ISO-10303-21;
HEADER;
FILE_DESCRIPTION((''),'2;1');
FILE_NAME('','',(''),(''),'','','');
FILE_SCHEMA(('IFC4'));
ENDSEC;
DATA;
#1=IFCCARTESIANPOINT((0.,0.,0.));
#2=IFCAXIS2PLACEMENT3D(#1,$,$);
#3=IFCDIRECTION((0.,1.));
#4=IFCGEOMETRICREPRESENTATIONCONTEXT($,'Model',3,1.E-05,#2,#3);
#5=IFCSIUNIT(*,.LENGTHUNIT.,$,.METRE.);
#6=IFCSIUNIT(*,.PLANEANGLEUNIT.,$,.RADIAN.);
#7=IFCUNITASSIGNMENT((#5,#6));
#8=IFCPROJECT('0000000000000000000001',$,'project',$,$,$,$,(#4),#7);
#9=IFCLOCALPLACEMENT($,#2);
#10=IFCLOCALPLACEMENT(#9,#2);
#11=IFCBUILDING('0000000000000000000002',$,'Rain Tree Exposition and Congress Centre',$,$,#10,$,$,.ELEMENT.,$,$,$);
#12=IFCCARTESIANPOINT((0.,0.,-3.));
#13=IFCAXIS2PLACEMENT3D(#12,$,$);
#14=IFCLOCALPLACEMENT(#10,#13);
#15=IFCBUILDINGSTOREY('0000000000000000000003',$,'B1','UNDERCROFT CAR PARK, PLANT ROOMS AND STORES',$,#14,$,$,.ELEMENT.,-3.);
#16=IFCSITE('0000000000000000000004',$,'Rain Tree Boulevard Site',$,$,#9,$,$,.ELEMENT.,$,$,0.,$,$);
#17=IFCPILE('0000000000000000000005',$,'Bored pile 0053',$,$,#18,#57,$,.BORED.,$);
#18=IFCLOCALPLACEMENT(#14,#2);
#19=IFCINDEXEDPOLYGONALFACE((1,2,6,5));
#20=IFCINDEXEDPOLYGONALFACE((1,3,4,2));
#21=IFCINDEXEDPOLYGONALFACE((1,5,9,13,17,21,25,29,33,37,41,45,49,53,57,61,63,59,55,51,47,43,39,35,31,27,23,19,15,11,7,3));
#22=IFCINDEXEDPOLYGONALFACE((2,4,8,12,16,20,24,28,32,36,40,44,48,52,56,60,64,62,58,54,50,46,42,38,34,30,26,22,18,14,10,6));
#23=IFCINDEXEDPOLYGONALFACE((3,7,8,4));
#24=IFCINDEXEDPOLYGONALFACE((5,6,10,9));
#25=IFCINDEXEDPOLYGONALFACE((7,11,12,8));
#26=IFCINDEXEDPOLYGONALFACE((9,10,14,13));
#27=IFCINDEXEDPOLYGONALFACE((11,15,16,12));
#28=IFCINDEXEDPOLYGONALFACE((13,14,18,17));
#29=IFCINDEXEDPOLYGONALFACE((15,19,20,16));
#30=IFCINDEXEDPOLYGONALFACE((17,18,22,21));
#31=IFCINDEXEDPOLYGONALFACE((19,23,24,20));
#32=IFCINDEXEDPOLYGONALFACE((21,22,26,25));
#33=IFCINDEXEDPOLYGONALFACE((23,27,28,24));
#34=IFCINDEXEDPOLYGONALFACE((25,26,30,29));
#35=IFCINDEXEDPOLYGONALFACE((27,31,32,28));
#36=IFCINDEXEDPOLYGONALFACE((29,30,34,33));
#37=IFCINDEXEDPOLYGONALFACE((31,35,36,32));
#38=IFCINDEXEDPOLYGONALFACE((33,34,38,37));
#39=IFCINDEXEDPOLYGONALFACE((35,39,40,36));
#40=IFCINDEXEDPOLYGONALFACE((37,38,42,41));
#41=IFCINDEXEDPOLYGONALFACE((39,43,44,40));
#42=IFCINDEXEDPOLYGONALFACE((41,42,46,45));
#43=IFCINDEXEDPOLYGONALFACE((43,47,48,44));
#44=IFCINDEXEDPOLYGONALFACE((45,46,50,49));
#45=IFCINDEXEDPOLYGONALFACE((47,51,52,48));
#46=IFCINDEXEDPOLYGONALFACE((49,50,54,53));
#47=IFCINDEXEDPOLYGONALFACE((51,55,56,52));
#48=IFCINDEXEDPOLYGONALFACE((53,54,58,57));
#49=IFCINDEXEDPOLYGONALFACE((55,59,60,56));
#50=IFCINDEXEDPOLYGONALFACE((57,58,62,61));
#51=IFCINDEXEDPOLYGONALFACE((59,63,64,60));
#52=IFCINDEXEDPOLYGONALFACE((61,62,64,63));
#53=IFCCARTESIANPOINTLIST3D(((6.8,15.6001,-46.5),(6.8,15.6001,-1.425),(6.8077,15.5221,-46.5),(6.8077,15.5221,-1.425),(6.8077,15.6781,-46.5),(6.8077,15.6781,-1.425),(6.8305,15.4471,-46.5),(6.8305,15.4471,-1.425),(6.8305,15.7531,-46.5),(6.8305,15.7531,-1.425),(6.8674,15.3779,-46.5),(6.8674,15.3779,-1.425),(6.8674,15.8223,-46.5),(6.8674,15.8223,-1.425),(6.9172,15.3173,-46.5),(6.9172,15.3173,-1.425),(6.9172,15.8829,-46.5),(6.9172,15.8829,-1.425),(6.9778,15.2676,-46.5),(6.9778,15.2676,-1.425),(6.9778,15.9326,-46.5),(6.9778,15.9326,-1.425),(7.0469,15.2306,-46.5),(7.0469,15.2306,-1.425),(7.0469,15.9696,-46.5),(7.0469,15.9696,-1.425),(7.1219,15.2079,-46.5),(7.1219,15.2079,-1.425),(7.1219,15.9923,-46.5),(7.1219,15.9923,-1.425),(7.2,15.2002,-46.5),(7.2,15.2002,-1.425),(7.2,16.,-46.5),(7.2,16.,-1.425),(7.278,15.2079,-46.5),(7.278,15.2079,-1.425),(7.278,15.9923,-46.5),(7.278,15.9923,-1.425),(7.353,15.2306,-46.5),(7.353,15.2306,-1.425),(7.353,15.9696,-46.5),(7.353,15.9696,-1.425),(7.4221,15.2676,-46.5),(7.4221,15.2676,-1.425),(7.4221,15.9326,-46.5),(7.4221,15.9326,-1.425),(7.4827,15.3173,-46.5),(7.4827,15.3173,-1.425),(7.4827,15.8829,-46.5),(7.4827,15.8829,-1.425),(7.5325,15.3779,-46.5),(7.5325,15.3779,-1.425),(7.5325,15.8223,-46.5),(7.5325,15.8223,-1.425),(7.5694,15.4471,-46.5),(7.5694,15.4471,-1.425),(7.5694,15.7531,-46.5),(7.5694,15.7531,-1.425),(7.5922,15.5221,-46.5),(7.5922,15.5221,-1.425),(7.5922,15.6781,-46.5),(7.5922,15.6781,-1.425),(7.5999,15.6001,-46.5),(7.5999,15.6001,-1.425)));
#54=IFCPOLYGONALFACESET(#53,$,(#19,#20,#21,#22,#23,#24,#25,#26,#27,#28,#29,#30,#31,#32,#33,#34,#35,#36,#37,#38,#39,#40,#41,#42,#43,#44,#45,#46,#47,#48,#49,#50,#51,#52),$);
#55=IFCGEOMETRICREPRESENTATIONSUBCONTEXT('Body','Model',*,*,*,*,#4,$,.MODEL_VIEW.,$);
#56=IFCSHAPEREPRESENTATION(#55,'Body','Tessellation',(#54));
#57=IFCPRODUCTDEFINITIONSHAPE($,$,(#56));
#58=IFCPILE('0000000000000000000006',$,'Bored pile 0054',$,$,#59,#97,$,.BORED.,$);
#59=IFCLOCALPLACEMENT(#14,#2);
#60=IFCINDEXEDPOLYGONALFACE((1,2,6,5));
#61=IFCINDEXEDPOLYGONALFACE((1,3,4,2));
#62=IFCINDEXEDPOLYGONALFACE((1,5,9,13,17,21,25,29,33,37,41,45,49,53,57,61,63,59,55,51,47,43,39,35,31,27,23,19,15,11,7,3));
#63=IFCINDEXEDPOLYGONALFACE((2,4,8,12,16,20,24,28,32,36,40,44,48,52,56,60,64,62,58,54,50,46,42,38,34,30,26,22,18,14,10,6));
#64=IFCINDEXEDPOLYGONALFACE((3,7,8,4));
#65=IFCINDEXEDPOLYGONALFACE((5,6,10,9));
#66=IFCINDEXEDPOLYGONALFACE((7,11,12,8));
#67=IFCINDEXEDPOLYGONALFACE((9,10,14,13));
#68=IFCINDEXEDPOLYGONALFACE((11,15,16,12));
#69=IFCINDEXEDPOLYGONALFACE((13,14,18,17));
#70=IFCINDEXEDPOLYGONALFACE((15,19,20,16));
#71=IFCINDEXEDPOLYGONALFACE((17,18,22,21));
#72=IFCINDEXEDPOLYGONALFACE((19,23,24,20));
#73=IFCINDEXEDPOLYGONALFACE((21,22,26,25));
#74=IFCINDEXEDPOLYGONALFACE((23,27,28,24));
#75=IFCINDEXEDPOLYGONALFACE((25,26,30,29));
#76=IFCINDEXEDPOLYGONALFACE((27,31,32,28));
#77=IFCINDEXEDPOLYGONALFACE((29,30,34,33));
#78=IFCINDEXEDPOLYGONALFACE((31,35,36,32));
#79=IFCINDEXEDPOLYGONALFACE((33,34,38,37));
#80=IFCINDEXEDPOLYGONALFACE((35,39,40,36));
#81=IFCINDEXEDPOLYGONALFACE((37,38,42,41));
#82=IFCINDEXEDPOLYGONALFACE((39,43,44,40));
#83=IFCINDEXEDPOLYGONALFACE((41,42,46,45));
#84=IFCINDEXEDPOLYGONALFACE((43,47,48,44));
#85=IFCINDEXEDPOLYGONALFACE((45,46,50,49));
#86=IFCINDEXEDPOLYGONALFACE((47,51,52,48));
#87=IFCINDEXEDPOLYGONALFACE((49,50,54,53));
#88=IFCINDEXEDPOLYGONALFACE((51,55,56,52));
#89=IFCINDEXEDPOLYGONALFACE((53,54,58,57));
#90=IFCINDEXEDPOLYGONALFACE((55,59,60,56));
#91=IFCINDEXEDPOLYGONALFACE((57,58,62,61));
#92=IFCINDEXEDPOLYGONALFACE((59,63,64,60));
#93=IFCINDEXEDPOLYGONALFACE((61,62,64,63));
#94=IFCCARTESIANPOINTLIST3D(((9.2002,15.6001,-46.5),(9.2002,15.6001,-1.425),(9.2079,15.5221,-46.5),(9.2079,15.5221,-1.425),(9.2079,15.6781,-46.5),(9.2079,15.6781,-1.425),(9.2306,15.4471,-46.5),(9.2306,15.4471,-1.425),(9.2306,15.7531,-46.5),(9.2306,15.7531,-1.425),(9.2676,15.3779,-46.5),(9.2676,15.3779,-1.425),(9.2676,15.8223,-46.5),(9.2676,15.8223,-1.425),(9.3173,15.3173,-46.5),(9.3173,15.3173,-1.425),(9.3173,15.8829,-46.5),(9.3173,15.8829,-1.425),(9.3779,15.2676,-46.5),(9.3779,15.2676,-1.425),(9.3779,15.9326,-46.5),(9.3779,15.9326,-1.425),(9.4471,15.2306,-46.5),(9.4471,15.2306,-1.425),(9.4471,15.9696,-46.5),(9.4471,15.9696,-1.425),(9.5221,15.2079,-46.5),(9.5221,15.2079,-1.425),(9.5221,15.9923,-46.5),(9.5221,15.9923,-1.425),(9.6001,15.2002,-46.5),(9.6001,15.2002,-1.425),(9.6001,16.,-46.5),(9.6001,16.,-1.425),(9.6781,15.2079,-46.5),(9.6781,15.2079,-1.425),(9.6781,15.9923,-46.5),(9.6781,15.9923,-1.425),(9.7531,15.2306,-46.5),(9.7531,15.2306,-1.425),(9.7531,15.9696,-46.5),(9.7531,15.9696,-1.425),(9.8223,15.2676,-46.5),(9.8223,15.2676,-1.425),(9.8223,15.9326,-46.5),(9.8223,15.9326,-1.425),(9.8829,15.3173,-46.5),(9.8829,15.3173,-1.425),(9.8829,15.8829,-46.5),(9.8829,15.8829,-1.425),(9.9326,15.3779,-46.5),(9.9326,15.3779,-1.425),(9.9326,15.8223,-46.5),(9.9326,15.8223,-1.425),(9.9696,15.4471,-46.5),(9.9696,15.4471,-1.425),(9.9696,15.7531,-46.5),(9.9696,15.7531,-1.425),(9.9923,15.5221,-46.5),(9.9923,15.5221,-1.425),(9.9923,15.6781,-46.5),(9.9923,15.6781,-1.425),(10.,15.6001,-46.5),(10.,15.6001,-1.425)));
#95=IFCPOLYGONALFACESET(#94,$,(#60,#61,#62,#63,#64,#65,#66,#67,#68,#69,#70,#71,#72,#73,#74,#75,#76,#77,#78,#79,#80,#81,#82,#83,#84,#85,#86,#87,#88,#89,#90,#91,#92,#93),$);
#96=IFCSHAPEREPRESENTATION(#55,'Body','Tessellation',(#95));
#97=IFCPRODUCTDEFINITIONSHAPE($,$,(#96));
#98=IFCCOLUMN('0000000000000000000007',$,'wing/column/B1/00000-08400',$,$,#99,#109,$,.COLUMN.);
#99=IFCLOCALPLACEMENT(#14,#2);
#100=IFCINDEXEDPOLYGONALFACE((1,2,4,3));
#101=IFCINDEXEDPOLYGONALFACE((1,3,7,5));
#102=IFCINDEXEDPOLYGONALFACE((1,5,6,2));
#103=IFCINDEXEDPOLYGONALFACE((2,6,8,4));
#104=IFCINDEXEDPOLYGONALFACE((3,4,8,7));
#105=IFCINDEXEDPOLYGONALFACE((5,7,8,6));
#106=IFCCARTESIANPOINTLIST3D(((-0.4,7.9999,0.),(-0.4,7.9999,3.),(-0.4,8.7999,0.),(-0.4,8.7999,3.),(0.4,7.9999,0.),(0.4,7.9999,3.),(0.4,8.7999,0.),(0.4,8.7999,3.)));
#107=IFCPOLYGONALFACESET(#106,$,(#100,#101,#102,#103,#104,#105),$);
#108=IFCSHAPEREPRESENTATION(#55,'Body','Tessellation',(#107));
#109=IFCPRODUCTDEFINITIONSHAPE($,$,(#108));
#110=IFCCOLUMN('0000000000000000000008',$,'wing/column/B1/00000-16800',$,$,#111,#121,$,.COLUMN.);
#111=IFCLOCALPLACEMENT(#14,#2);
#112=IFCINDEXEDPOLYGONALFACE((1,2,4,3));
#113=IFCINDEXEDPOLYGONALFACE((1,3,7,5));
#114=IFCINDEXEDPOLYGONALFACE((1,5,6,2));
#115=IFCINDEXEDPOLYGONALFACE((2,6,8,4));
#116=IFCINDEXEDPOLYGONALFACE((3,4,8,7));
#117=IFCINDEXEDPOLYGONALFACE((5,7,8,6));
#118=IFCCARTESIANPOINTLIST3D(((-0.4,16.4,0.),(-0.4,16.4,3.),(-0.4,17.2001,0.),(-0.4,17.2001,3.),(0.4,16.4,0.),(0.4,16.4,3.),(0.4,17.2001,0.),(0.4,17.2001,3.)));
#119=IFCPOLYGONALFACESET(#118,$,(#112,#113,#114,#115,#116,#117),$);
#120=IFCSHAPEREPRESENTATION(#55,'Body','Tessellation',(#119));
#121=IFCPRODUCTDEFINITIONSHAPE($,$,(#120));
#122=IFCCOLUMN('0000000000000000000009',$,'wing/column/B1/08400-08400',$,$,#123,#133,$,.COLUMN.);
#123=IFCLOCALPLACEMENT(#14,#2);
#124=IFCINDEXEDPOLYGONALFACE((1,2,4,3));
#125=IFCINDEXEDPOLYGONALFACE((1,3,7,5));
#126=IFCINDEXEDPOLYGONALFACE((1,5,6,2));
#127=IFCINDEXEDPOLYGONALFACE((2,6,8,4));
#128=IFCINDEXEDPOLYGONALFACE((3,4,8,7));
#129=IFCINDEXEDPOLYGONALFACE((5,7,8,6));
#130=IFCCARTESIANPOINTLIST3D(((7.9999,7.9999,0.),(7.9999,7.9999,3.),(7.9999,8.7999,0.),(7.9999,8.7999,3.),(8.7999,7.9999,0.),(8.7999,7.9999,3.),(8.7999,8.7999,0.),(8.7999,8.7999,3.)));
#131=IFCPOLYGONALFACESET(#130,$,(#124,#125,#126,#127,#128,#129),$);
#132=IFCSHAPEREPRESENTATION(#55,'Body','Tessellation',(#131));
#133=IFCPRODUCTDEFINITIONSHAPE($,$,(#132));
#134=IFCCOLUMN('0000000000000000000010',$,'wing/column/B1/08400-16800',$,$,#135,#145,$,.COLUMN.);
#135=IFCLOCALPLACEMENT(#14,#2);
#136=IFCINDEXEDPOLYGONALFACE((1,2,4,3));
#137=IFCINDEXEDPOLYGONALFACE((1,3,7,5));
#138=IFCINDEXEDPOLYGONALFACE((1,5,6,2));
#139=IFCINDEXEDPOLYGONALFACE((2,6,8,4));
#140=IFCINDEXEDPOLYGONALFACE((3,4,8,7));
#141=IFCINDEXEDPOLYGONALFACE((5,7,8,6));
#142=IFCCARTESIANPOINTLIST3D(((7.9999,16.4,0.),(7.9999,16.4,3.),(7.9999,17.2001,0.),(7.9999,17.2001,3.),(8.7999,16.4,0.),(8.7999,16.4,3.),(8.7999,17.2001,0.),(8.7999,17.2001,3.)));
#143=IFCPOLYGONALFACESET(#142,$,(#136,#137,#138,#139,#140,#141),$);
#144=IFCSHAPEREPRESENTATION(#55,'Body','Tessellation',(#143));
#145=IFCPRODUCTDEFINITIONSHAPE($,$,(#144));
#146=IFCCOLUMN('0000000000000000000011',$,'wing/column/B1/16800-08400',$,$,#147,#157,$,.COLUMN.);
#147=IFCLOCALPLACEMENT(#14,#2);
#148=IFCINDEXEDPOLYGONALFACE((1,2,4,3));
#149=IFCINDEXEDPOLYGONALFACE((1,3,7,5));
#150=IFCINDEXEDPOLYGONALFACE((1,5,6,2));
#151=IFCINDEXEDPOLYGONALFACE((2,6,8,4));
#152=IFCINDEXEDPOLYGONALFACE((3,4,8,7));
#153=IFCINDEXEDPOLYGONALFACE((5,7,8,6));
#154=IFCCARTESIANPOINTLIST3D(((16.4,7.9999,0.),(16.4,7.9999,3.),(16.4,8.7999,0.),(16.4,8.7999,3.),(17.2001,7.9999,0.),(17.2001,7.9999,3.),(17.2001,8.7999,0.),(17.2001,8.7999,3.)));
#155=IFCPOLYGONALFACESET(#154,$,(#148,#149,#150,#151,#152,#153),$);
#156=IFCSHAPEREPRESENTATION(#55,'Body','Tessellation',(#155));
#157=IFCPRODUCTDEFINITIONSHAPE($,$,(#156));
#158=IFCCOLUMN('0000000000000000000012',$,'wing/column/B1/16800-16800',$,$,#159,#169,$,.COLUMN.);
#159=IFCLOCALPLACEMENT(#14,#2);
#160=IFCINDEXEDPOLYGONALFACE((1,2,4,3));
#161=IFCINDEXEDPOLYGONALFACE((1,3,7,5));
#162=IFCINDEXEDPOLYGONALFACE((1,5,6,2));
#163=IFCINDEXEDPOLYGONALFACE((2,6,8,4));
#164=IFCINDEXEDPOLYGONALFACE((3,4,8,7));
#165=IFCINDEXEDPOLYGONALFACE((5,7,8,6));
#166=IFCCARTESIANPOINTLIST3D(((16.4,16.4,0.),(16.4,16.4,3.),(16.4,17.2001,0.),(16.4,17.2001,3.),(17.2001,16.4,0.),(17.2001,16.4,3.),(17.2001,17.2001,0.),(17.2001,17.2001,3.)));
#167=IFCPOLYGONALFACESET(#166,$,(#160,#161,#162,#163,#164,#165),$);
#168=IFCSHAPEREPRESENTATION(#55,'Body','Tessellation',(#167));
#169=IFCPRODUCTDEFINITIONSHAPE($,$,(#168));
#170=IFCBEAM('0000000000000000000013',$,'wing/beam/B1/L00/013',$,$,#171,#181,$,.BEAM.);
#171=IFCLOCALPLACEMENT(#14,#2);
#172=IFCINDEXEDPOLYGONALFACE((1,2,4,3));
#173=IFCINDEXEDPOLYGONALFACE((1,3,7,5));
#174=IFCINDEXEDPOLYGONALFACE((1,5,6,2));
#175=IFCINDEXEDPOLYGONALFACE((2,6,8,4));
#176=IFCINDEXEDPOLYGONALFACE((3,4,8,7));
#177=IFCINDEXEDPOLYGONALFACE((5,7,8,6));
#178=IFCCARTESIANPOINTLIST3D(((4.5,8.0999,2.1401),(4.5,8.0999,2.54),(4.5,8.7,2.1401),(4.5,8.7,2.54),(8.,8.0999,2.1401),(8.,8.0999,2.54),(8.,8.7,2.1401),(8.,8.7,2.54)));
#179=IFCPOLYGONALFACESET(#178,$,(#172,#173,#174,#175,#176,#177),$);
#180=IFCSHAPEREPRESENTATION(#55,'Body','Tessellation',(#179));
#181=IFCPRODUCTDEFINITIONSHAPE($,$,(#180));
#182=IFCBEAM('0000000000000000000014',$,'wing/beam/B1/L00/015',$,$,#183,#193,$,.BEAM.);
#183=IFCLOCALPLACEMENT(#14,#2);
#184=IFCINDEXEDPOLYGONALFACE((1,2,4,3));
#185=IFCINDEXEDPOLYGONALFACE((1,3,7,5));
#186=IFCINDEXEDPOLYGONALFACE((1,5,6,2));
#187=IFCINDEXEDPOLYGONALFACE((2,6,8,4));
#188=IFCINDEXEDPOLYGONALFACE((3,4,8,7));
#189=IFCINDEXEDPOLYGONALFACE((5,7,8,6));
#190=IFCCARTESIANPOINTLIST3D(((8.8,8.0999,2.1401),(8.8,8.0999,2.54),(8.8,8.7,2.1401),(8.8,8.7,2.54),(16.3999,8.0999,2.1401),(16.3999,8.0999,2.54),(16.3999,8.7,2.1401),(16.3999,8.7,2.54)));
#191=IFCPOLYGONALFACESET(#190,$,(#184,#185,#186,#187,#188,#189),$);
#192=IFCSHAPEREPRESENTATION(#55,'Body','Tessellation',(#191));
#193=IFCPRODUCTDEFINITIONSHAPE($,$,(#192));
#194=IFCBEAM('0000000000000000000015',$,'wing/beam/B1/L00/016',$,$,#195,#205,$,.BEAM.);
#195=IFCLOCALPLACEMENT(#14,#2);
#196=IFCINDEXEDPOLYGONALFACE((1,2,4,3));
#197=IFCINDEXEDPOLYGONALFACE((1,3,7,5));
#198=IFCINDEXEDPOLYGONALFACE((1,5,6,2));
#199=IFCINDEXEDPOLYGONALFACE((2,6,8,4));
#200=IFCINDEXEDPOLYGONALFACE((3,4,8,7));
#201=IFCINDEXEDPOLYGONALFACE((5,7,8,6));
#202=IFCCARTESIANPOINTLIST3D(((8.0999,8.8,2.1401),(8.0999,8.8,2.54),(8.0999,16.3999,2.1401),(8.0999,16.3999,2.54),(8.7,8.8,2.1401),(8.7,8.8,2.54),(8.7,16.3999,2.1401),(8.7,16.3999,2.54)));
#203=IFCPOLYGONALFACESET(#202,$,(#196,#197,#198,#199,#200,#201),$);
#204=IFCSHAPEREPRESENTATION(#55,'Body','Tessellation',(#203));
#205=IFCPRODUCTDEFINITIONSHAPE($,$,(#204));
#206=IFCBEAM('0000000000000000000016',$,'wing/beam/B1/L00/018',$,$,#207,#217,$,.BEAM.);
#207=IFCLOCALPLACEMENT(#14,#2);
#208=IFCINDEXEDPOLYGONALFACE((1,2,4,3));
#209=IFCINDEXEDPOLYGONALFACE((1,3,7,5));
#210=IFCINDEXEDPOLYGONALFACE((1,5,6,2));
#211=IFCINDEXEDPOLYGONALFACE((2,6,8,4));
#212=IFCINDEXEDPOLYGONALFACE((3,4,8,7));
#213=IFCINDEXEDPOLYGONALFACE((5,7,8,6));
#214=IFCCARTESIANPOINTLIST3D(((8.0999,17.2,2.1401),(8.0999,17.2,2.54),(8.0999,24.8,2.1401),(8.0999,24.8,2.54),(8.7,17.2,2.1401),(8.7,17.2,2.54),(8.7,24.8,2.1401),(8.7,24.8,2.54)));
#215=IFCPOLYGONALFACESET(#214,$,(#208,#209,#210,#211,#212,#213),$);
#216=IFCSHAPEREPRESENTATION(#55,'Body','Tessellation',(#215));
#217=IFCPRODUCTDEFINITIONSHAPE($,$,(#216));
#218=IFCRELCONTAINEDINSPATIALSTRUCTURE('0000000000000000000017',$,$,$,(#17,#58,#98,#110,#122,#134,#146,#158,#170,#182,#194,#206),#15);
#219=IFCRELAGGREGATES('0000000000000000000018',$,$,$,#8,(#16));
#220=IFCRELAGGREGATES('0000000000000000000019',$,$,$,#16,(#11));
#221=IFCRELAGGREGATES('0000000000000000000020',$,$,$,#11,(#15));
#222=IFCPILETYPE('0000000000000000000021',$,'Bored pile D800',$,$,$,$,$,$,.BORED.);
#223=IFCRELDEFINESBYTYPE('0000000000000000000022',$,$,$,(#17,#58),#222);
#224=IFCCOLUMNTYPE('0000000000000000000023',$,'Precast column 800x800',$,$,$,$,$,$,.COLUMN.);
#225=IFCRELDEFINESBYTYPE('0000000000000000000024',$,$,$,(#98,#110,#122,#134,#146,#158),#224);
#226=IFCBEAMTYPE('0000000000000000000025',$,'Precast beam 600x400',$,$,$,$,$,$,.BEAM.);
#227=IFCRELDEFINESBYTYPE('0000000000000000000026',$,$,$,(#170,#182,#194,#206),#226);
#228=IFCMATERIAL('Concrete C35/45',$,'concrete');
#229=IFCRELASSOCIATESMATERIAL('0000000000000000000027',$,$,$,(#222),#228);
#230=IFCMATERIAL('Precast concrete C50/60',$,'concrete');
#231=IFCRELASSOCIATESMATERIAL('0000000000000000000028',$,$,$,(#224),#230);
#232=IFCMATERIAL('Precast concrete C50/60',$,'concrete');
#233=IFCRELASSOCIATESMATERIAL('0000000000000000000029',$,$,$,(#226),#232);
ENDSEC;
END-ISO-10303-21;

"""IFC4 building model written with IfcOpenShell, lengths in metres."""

from ifc_helpers import new_model, si_unit, direction, frame, origin, origin_2d, place, context, subcontext, project, spatial, rectangle, circle, extrude, material, material_profile, profile_set, type_object, element, save


model = new_model("IFC4")

# Units and contexts
model_context = context("Model", 3, precision=1e-05, world=origin(), true_north=direction((0.0, 1.0)))
body_context = subcontext(model_context, "Body", "Model", "MODEL_VIEW")
ifc_project = project(units=[si_unit("LENGTHUNIT", "METRE"), si_unit("PLANEANGLEUNIT", "RADIAN")], contexts=[model_context])

# Site, building, storey
site_placement = place(None, origin())
site = spatial("IfcSite", under=ifc_project, at=site_placement, Name="Rain Tree Boulevard Site", CompositionType="ELEMENT", RefElevation=0.0)
building_placement = place(site_placement, origin())
building = spatial("IfcBuilding", under=site, at=building_placement, Name="Rain Tree Exposition and Congress Centre", CompositionType="ELEMENT")
storey_placement = place(building_placement, frame((0.0, 0.0, -3.0)))
storey = spatial("IfcBuildingStorey", under=building, at=storey_placement, Name="B1", Description="UNDERCROFT CAR PARK, PLANT ROOMS AND STORES", CompositionType="ELEMENT", Elevation=-3.0)

# Piles
ifc_material_1 = material(Name="Concrete C35/45", Category="concrete")
ifc_material_profile_1 = material_profile(ifc_material_1, circle(Radius=0.3999, at=origin_2d()), Name="D800")
ifc_profile_set_1 = profile_set([ifc_material_profile_1], Name="Concrete C35/45")
pile_type = type_object("IfcPileType", Name="Bored pile D800", PredefinedType="BORED", material=ifc_profile_set_1)
for number, where, z_axis, x_axis, name in (
    (1, (7.2, 15.6001, -1.425), (0.0, 0.0, -1.0), (1.0, 0.0, 0.0), "Bored pile 0053"),
    (2, (9.6001, 15.6001, -1.425), (0.0, 0.0, -1.0), (1.0, 0.0, 0.0), "Bored pile 0054"),
):
    element("IfcPile", number, at=place(storey_placement, frame(where, z_axis=z_axis, x_axis=x_axis)), inside=storey, type_object=pile_type, Name=name, PredefinedType="BORED", context=body_context, shape_type="SweptSolid", body=[
        extrude(circle(Radius=0.3999, at=origin_2d()), origin(), (0.0, 0.0, 1.0), 45.075),
    ])

# Columns
ifc_material_2 = material(Name="Precast concrete C50/60", Category="concrete")
ifc_material_profile_2 = material_profile(ifc_material_2, rectangle(XDim=0.8, YDim=0.8, at=origin_2d()), Name="RC 800x800")
ifc_profile_set_2 = profile_set([ifc_material_profile_2], Name="Precast concrete C50/60")
column_type = type_object("IfcColumnType", Name="Precast column 800x800", PredefinedType="COLUMN", material=ifc_profile_set_2)
for number, where, z_axis, x_axis, name in (
    (3, (0.0, 8.3999, 0.0), (0.0, 0.0, 1.0), (1.0, 0.0, 0.0), "wing/column/B1/00000-08400"),
    (4, (0.0, 16.8, 0.0), (0.0, 0.0, 1.0), (1.0, 0.0, 0.0), "wing/column/B1/00000-16800"),
    (5, (8.3999, 8.3999, 0.0), (0.0, 0.0, 1.0), (1.0, 0.0, 0.0), "wing/column/B1/08400-08400"),
    (6, (8.3999, 16.8, 0.0), (0.0, 0.0, 1.0), (1.0, 0.0, 0.0), "wing/column/B1/08400-16800"),
    (7, (16.8, 8.3999, 0.0), (0.0, 0.0, 1.0), (1.0, 0.0, 0.0), "wing/column/B1/16800-08400"),
    (8, (16.8, 16.8, 0.0), (0.0, 0.0, 1.0), (1.0, 0.0, 0.0), "wing/column/B1/16800-16800"),
):
    element("IfcColumn", number, at=place(storey_placement, frame(where, z_axis=z_axis, x_axis=x_axis)), inside=storey, type_object=column_type, Name=name, PredefinedType="COLUMN", context=body_context, shape_type="SweptSolid", body=[
        extrude(rectangle(XDim=0.8, YDim=0.8, at=origin_2d()), origin(), (0.0, 0.0, 1.0), 3.0),
    ])

# Beams
ifc_material_3 = material(Name="Precast concrete C50/60", Category="concrete")
ifc_material_profile_3 = material_profile(ifc_material_3, rectangle(XDim=0.6001, YDim=0.3999, at=origin_2d()), Name="RC 600x400")
ifc_profile_set_3 = profile_set([ifc_material_profile_3], Name="Precast concrete C50/60")
beam_type_1 = type_object("IfcBeamType", Name="Precast beam 600x400", PredefinedType="BEAM", material=ifc_profile_set_3)
beam_1_placement = place(storey_placement, frame((4.5, 8.3999, 2.3401), z_axis=(1.0, 0.0, 0.0), x_axis=(0.0, 1.0, 0.0)))
element("IfcBeam", 9, at=beam_1_placement, inside=storey, type_object=beam_type_1, Name="wing/beam/B1/L00/013", PredefinedType="BEAM", context=body_context, shape_type="SweptSolid", body=[
    extrude(rectangle(XDim=0.6001, YDim=0.3999, at=origin_2d()), origin(), (0.0, 0.0, 1.0), 3.5),
])
for number, where, z_axis, x_axis, name in (
    (10, (8.8, 8.3999, 2.3401), (1.0, 0.0, 0.0), (0.0, 1.0, 0.0), "wing/beam/B1/L00/015"),
    (11, (8.3999, 8.8, 2.3401), (0.0, 1.0, 0.0), (-1.0, 0.0, 0.0), "wing/beam/B1/L00/016"),
):
    element("IfcBeam", number, at=place(storey_placement, frame(where, z_axis=z_axis, x_axis=x_axis)), inside=storey, type_object=beam_type_1, Name=name, PredefinedType="BEAM", context=body_context, shape_type="SweptSolid", body=[
        extrude(rectangle(XDim=0.6001, YDim=0.3999, at=origin_2d()), origin(), (0.0, 0.0, 1.0), 7.5999),
    ])
for number, where, z_axis, x_axis, name in (
    (12, (8.3999, 17.2, 2.3401), (0.0, 1.0, 0.0), (-1.0, 0.0, 0.0), "wing/beam/B1/L00/018"),
):
    element("IfcBeam", number, at=place(storey_placement, frame(where, z_axis=z_axis, x_axis=x_axis)), inside=storey, type_object=beam_type_1, Name=name, PredefinedType="BEAM", context=body_context, shape_type="SweptSolid", body=[
        extrude(rectangle(XDim=0.6001, YDim=0.3999, at=origin_2d()), origin(), (0.0, 0.0, 1.0), 7.6001),
    ])

save(model, "model.ifc")
